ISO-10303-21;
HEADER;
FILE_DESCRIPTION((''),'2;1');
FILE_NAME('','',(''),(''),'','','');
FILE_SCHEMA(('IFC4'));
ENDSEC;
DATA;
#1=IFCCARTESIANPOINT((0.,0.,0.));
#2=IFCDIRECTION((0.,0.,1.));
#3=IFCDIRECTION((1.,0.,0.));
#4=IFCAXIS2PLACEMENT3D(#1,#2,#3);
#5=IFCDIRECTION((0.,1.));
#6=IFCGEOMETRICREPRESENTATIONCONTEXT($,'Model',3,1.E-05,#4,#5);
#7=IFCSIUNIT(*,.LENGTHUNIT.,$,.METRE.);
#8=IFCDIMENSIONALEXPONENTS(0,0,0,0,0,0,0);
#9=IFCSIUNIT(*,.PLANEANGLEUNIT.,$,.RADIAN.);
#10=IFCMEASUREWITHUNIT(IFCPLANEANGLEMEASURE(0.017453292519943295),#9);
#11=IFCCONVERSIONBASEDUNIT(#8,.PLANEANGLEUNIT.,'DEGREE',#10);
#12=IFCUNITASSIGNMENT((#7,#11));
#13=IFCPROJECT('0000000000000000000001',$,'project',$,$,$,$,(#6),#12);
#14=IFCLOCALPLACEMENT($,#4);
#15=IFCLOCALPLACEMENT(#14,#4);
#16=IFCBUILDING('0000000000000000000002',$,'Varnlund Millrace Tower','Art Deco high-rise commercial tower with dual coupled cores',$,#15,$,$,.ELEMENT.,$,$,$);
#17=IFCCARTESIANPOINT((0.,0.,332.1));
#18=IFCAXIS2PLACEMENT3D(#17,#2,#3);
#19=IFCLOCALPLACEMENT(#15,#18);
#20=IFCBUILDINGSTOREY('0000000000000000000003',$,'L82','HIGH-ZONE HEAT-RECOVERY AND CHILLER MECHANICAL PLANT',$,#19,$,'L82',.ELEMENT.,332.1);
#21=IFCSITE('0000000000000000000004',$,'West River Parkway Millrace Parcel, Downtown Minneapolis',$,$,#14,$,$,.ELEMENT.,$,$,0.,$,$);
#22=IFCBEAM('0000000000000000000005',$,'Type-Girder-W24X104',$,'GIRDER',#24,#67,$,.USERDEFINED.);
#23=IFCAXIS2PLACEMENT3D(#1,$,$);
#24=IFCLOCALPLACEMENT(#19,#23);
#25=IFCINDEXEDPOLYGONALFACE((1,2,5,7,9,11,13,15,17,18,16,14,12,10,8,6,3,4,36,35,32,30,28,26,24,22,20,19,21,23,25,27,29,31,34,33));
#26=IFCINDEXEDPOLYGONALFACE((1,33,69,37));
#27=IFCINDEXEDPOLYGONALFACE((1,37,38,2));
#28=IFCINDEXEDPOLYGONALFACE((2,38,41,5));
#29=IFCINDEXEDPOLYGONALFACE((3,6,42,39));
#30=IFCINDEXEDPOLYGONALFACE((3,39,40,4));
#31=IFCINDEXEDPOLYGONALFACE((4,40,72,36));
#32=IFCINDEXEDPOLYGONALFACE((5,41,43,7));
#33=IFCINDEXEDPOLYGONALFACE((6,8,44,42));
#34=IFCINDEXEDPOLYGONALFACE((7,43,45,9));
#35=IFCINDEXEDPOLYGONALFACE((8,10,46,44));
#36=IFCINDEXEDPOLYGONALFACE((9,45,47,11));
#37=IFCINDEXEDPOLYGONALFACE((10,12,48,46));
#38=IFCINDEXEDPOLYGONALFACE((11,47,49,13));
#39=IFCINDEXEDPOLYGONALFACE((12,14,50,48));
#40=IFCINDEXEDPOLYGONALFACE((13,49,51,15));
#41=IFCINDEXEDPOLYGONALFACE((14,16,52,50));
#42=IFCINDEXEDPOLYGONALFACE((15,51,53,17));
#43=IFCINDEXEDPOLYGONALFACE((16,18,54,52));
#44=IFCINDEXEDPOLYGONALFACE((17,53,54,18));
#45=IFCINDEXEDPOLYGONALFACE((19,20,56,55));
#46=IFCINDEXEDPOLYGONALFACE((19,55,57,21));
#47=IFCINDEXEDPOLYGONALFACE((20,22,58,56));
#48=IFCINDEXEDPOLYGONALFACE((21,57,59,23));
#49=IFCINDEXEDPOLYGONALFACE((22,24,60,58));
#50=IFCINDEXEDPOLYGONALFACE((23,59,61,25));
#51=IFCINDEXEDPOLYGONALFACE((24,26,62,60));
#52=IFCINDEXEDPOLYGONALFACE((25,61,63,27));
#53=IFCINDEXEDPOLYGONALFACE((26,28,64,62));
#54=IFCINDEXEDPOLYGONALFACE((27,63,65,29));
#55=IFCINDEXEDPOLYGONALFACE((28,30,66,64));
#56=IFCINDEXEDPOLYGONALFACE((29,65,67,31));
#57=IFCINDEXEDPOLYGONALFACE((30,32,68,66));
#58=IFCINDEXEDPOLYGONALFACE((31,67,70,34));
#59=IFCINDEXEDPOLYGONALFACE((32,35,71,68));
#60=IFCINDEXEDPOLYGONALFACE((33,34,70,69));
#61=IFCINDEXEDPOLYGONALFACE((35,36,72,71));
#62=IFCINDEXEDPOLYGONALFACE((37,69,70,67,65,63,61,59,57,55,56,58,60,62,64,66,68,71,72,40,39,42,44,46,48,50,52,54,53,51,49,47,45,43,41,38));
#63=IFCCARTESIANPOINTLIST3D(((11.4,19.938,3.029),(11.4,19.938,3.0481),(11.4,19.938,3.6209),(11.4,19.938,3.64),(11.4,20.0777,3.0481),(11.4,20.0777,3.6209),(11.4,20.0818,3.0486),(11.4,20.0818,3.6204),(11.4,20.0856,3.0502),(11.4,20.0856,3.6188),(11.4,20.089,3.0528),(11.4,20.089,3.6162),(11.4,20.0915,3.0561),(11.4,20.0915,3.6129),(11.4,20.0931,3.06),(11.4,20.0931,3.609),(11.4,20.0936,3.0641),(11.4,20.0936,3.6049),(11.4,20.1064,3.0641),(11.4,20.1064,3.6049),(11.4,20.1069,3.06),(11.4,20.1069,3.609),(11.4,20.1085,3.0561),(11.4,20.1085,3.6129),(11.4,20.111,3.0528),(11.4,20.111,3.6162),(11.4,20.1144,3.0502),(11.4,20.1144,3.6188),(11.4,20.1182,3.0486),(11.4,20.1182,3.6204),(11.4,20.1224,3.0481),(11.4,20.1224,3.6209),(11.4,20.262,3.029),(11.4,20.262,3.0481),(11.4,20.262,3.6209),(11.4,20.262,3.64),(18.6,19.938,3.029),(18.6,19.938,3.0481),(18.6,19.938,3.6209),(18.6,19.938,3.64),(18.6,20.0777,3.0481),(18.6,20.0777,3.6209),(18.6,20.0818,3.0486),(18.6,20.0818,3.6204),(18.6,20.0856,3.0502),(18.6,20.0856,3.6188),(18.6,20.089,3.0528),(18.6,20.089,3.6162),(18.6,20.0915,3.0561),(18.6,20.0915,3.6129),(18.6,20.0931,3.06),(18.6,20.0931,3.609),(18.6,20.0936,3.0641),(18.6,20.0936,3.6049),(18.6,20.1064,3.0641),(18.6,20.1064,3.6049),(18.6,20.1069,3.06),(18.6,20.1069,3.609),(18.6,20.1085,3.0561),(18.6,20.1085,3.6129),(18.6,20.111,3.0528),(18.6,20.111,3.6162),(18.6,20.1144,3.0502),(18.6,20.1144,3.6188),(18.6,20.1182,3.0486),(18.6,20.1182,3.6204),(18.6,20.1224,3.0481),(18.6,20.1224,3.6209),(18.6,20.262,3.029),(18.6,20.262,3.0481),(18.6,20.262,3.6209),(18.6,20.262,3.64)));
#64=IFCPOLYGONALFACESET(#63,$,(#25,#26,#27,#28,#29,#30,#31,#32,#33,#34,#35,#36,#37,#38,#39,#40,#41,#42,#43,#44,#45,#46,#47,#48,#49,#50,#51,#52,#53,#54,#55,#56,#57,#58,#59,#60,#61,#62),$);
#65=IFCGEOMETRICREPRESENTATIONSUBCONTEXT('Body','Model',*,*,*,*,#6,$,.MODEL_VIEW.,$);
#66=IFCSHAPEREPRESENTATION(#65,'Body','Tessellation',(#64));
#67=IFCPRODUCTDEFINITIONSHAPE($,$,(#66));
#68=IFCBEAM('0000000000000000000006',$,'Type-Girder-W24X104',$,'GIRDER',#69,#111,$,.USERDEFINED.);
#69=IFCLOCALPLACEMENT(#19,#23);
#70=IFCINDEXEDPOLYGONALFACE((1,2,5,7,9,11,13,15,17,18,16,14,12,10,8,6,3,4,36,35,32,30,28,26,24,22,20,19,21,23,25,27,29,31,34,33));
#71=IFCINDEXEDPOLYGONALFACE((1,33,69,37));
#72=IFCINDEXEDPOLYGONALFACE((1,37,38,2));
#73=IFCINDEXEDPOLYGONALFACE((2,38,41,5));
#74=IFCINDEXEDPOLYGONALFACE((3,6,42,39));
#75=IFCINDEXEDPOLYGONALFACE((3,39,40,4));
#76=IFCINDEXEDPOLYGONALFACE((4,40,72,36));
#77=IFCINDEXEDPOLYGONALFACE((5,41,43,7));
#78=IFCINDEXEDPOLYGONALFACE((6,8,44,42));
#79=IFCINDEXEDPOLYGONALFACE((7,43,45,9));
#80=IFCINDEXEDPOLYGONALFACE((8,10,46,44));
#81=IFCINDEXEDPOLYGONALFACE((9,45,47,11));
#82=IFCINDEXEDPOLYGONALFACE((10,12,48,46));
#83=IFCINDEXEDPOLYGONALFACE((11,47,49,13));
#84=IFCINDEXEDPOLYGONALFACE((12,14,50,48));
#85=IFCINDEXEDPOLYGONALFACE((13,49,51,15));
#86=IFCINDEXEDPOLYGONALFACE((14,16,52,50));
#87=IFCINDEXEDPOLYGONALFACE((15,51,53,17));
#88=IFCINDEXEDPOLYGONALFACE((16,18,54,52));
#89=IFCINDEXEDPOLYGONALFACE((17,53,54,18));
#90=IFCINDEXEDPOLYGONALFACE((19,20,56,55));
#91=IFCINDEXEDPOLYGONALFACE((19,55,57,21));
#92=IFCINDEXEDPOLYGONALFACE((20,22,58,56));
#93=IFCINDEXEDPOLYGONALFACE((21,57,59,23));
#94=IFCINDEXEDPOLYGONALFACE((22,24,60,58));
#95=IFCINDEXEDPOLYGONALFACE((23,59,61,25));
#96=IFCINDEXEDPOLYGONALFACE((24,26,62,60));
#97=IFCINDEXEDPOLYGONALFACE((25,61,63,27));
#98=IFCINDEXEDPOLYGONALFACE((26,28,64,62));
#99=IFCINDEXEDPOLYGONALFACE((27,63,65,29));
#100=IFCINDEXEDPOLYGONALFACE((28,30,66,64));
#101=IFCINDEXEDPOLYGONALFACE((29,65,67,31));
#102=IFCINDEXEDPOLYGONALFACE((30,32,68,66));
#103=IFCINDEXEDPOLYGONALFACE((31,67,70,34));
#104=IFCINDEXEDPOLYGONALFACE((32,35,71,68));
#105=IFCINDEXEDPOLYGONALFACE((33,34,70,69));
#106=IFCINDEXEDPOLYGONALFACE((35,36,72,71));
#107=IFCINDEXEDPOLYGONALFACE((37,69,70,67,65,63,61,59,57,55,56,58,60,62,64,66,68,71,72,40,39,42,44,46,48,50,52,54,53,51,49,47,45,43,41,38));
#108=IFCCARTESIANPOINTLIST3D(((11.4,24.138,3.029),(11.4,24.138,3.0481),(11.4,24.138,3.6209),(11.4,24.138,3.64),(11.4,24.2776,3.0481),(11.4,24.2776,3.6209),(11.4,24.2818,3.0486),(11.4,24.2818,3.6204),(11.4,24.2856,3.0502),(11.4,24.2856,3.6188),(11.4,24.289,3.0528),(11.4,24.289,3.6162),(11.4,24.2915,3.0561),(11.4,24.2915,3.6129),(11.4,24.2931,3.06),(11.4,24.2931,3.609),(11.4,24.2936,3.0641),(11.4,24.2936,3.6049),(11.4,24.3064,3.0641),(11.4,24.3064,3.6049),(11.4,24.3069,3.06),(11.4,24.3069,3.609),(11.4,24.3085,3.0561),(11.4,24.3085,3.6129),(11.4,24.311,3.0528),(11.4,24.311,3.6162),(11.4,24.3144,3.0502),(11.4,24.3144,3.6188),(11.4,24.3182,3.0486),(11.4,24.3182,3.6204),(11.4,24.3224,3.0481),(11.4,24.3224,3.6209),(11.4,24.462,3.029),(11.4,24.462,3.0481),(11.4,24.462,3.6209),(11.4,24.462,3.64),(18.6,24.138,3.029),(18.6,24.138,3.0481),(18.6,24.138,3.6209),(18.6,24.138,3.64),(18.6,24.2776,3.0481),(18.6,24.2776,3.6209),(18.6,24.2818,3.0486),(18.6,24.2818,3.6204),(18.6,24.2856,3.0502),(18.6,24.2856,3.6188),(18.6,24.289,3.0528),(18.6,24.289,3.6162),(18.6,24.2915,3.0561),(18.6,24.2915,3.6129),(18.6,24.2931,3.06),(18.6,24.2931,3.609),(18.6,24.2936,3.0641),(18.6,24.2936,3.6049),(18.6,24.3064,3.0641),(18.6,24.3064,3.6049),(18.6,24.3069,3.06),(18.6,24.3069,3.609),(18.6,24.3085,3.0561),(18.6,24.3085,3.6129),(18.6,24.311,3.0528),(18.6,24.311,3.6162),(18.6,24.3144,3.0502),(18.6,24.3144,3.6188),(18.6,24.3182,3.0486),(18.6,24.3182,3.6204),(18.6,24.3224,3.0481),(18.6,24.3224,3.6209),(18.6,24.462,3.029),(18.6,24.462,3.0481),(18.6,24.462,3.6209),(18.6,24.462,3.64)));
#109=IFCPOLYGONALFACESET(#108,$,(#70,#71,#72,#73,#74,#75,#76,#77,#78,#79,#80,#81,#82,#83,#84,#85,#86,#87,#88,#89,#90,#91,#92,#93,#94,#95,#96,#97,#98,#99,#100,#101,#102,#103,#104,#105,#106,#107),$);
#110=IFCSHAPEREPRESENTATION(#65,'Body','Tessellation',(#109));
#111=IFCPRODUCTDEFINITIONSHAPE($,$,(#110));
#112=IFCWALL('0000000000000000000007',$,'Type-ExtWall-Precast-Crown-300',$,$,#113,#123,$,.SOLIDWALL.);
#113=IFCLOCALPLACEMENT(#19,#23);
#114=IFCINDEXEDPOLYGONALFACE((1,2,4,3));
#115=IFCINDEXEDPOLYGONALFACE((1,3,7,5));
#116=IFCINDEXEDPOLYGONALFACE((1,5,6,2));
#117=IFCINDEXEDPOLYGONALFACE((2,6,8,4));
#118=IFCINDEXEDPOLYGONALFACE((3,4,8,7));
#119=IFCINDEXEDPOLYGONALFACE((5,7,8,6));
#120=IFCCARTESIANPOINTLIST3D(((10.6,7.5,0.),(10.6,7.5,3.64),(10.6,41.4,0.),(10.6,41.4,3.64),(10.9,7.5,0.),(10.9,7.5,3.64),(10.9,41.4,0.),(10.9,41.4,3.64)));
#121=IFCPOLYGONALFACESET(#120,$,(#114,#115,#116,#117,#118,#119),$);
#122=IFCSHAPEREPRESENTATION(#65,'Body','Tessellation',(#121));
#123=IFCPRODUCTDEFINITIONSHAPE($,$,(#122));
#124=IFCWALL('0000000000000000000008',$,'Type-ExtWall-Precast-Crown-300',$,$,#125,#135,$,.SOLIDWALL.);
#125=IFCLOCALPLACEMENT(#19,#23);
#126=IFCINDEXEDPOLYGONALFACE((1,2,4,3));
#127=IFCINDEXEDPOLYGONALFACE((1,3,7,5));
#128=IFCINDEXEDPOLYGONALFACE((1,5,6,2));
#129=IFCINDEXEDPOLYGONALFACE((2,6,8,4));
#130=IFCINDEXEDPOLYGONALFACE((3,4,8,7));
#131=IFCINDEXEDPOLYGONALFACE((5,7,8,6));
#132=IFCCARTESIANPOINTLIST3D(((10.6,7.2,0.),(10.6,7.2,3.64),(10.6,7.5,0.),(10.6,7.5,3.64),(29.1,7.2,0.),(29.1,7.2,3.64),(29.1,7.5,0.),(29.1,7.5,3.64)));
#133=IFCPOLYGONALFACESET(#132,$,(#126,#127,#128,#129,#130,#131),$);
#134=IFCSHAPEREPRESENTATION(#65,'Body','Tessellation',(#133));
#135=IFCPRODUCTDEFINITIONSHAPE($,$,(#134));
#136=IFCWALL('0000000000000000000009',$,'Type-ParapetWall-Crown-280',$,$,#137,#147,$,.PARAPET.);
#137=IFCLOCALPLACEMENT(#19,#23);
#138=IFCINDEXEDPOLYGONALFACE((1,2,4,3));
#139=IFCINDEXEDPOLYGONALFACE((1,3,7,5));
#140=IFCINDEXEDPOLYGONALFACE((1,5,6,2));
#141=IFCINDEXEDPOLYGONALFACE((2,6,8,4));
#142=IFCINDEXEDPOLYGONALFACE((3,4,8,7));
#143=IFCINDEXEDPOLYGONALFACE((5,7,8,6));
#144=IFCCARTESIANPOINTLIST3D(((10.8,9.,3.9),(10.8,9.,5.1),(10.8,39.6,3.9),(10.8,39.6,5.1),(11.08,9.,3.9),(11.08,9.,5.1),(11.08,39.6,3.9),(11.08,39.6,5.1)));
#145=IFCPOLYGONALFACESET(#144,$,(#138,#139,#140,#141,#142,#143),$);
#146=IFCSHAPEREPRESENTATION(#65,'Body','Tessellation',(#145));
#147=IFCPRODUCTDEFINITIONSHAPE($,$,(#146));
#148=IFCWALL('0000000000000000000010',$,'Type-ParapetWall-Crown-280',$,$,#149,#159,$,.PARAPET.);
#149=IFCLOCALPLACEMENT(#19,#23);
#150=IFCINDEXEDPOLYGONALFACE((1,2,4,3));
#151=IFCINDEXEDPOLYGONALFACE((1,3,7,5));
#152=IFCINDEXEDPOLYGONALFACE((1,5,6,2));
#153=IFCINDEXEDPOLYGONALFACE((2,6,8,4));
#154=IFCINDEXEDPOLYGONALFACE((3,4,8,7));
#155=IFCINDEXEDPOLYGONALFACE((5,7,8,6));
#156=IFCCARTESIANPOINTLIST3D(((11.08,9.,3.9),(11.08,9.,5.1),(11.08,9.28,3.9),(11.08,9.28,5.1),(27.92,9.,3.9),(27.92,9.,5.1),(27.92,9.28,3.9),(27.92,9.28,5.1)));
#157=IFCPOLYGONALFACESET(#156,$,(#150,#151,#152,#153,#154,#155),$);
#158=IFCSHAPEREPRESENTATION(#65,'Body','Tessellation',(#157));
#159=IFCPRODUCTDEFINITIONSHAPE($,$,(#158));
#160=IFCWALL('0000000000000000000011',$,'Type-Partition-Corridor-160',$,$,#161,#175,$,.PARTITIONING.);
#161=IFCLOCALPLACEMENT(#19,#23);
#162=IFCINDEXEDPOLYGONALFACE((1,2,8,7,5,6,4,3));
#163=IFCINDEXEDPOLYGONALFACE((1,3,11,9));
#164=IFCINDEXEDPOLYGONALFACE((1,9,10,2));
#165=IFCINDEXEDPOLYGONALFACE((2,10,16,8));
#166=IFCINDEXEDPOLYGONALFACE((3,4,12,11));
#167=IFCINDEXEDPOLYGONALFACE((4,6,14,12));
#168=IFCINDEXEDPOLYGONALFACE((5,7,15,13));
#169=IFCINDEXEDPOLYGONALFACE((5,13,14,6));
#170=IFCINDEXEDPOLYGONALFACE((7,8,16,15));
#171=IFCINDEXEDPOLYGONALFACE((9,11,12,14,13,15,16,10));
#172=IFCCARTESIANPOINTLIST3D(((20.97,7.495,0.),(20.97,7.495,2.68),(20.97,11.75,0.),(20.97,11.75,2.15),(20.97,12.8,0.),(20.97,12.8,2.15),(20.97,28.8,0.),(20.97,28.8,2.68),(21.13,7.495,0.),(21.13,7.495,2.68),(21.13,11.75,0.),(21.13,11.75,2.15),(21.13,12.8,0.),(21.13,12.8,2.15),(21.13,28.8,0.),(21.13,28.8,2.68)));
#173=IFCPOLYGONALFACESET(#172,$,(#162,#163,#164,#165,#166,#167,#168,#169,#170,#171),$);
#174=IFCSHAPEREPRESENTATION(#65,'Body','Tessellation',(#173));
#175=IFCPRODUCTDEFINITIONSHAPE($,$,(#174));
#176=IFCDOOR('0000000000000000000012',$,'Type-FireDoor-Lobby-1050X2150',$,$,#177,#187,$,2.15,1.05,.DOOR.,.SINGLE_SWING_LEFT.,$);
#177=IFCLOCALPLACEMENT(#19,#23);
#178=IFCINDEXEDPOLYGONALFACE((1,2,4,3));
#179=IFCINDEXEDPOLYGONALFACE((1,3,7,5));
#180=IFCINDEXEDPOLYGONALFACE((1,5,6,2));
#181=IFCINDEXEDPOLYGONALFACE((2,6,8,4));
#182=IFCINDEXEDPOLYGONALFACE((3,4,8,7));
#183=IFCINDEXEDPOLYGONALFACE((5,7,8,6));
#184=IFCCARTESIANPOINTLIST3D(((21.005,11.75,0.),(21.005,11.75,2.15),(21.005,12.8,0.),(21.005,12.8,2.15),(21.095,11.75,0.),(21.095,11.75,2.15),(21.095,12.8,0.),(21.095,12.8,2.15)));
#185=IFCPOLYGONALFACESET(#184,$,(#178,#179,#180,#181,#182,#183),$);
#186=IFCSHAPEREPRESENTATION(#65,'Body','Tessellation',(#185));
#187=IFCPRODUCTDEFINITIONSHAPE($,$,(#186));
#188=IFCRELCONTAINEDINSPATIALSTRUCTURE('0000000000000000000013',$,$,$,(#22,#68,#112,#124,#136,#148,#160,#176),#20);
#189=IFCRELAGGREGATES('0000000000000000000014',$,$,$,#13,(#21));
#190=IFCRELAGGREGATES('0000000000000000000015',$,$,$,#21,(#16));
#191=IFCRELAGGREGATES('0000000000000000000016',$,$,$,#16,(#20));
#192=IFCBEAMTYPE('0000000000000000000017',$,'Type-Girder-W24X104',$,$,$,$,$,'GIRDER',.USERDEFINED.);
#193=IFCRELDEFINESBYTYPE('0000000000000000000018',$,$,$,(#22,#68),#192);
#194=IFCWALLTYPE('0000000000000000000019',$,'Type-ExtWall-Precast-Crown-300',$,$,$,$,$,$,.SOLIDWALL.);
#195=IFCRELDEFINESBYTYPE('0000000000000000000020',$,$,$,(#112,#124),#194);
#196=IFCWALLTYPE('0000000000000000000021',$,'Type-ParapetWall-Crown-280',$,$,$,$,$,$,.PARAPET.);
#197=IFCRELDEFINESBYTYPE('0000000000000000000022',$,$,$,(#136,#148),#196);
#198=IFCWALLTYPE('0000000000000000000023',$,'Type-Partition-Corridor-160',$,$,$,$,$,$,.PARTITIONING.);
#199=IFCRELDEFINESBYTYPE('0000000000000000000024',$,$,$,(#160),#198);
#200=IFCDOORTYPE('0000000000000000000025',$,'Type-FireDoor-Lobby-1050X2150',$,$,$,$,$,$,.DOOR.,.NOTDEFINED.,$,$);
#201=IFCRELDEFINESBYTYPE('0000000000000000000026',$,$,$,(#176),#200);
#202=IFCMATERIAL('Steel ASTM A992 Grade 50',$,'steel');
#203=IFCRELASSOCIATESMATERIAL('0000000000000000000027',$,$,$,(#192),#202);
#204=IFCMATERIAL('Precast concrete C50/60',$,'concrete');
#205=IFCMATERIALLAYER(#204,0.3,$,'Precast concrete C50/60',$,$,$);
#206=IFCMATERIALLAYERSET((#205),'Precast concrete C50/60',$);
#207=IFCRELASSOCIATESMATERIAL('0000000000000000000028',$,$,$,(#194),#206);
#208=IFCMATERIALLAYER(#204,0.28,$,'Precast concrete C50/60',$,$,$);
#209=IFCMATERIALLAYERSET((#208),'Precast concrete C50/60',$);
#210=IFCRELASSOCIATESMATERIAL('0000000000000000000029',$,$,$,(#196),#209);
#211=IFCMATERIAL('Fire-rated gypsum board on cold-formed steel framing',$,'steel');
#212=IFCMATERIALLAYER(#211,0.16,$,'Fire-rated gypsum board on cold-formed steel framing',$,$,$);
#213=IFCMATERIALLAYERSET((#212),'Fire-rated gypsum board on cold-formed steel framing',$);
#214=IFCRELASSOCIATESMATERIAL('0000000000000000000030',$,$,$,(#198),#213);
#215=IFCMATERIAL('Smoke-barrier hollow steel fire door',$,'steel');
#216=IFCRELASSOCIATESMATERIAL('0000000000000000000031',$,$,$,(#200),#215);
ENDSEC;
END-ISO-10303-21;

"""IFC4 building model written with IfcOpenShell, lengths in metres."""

from ifc_helpers import new_model, entity, si_unit, converted_unit, direction, frame, origin_with_axes, origin_2d_with_axis, place, context, subcontext, project, spatial, polyline, rectangle, i_section, outline, extrude, material, layer, layer_set, material_profile, profile_set, type_object, element, fill, save


model = new_model("IFC4")

# Units and contexts
model_context = context("Model", 3, precision=1e-05, world=origin_with_axes(), true_north=direction((0.0, 1.0)))
body_context = subcontext(model_context, "Body", "Model", "MODEL_VIEW")
ifc_project = project(units=[si_unit("LENGTHUNIT", "METRE"), converted_unit("PLANEANGLEUNIT", "DEGREE", entity("IfcPlaneAngleMeasure", 0.017453292519943295), si_unit("PLANEANGLEUNIT", "RADIAN"), dimensions=[0, 0, 0, 0, 0, 0, 0])], contexts=[model_context])

# Site, building, storey
site_placement = place(None, origin_with_axes())
site = spatial("IfcSite", under=ifc_project, at=site_placement, Name="West River Parkway Millrace Parcel, Downtown Minneapolis", CompositionType="ELEMENT", RefElevation=0.0)
building_placement = place(site_placement, origin_with_axes())
building = spatial("IfcBuilding", under=site, at=building_placement, Name="Varnlund Millrace Tower", Description="Art Deco high-rise commercial tower with dual coupled cores", CompositionType="ELEMENT")
storey_placement = place(building_placement, frame((0.0, 0.0, 332.1), z_axis=(0.0, 0.0, 1.0), x_axis=(1.0, 0.0, 0.0)))
storey = spatial("IfcBuildingStorey", under=building, at=storey_placement, Name="L82", Description="HIGH-ZONE HEAT-RECOVERY AND CHILLER MECHANICAL PLANT", LongName="L82", CompositionType="ELEMENT", Elevation=332.1)

# Beams
ifc_material_1 = material(Name="Steel ASTM A992 Grade 50", Category="steel")
ifc_material_profile_1 = material_profile(ifc_material_1, i_section(OverallWidth=0.324, OverallDepth=0.611, WebThickness=0.0127, FlangeThickness=0.0191, FilletRadius=0.016, at=origin_2d_with_axis()), Name="Steel ASTM A992 Grade 50")
ifc_profile_set_1 = profile_set([ifc_material_profile_1], Name="Steel ASTM A992 Grade 50")
beam_type_1 = type_object("IfcBeamType", Name="Type-Girder-W24X104", ElementType="GIRDER", PredefinedType="USERDEFINED", material=ifc_profile_set_1)
for number, where, z_axis, x_axis, name in (
    (1, (11.4, 20.1, 3.3345), (1.0, 0.0, 0.0), (0.0, 1.0, 0.0), "Type-Girder-W24X104"),
    (2, (11.4, 24.3, 3.3345), (1.0, 0.0, 0.0), (0.0, 1.0, 0.0), "Type-Girder-W24X104"),
):
    element("IfcBeam", number, at=place(storey_placement, frame(where, z_axis=z_axis, x_axis=x_axis)), inside=storey, type_object=beam_type_1, Name=name, ObjectType="GIRDER", PredefinedType="USERDEFINED", context=body_context, shape_type="SweptSolid", body=[
        extrude(i_section(OverallWidth=0.324, OverallDepth=0.611, WebThickness=0.0127, FlangeThickness=0.0191, FilletRadius=0.016, at=origin_2d_with_axis()), origin_with_axes(), (0.0, 0.0, 1.0), 7.2),
    ])

# Walls
ifc_material_2 = material(Name="Precast concrete C50/60", Category="concrete")
ifc_layer_1 = layer(ifc_material_2, 0.3, Name="Precast concrete C50/60")
ifc_layer_set_1 = layer_set([ifc_layer_1], Name="Precast concrete C50/60")
wall_type_1 = type_object("IfcWallType", Name="Type-ExtWall-Precast-Crown-300", PredefinedType="SOLIDWALL", material=ifc_layer_set_1)
wall_1_placement = place(storey_placement, frame((10.75, 7.5, 0.0), z_axis=(0.0, 0.0, 1.0), x_axis=(0.0, 1.0, 0.0)))
element("IfcWall", 3, at=wall_1_placement, inside=storey, type_object=wall_type_1, Name="Type-ExtWall-Precast-Crown-300", PredefinedType="SOLIDWALL", context=body_context, shape_type="SweptSolid", body=[
    extrude(outline(polyline([(0.0, -0.15), (33.9, -0.15), (33.9, 0.15), (0.0, 0.15), (0.0, -0.15)])), origin_with_axes(), (0.0, 0.0, 1.0), 3.64),
])
wall_2_placement = place(storey_placement, frame((29.1, 7.35, 0.0), z_axis=(0.0, 0.0, 1.0), x_axis=(-1.0, 0.0, 0.0)))
element("IfcWall", 4, at=wall_2_placement, inside=storey, type_object=wall_type_1, Name="Type-ExtWall-Precast-Crown-300", PredefinedType="SOLIDWALL", context=body_context, shape_type="SweptSolid", body=[
    extrude(outline(polyline([(0.0, -0.15), (18.5, -0.15), (18.5, 0.15), (0.0, 0.15), (0.0, -0.15)])), origin_with_axes(), (0.0, 0.0, 1.0), 3.64),
])
ifc_layer_2 = layer(ifc_material_2, 0.28, Name="Precast concrete C50/60")
ifc_layer_set_2 = layer_set([ifc_layer_2], Name="Precast concrete C50/60")
wall_type_2 = type_object("IfcWallType", Name="Type-ParapetWall-Crown-280", PredefinedType="PARAPET", material=ifc_layer_set_2)
wall_3_placement = place(storey_placement, frame((10.94, 9.0, 3.9), z_axis=(0.0, 0.0, 1.0), x_axis=(0.0, 1.0, 0.0)))
element("IfcWall", 5, at=wall_3_placement, inside=storey, type_object=wall_type_2, Name="Type-ParapetWall-Crown-280", PredefinedType="PARAPET", context=body_context, shape_type="SweptSolid", body=[
    extrude(outline(polyline([(0.0, -0.14), (30.6, -0.14), (30.6, 0.14), (0.0, 0.14), (0.0, -0.14)])), origin_with_axes(), (0.0, 0.0, 1.0), 1.2),
])
wall_4_placement = place(storey_placement, frame((27.92, 9.14, 3.9), z_axis=(0.0, 0.0, 1.0), x_axis=(-1.0, 0.0, 0.0)))
element("IfcWall", 6, at=wall_4_placement, inside=storey, type_object=wall_type_2, Name="Type-ParapetWall-Crown-280", PredefinedType="PARAPET", context=body_context, shape_type="SweptSolid", body=[
    extrude(outline(polyline([(0.0, -0.14), (16.84, -0.14), (16.84, 0.14), (0.0, 0.14), (0.0, -0.14)])), origin_with_axes(), (0.0, 0.0, 1.0), 1.2),
])

# Wall, opening, door
ifc_material_3 = material(Name="Fire-rated gypsum board on cold-formed steel framing", Category="steel")
ifc_layer_3 = layer(ifc_material_3, 0.16, Name="Fire-rated gypsum board on cold-formed steel framing")
ifc_layer_set_3 = layer_set([ifc_layer_3], Name="Fire-rated gypsum board on cold-formed steel framing")
wall_type_3 = type_object("IfcWallType", Name="Type-Partition-Corridor-160", PredefinedType="PARTITIONING", material=ifc_layer_set_3)
wall_5_placement = place(storey_placement, frame((21.05, 7.495, 0.0), z_axis=(0.0, 0.0, 1.0), x_axis=(0.0, 1.0, 0.0)))
wall_5 = element("IfcWall", 7, at=wall_5_placement, inside=storey, type_object=wall_type_3, Name="Type-Partition-Corridor-160", PredefinedType="PARTITIONING", context=body_context, shape_type="SweptSolid", body=[
    extrude(outline(polyline([(0.0, -0.08), (21.305, -0.08), (21.305, 0.08), (0.0, 0.08), (0.0, -0.08)])), origin_with_axes(), (0.0, 0.0, 1.0), 2.68),
])
opening_placement = place(wall_5_placement, frame((4.78, 0.0, 0.0), z_axis=(0.0, 0.0, 1.0), x_axis=(1.0, 0.0, 0.0)))
opening = element("IfcOpeningElement", 8, at=opening_placement, cuts=wall_5, PredefinedType="OPENING", context=body_context, shape_type="SweptSolid", body=[
    extrude(rectangle(XDim=1.05, YDim=0.18, at=origin_2d_with_axis()), origin_with_axes(), (0.0, 0.0, 1.0), 2.15),
])
ifc_material_4 = material(Name="Smoke-barrier hollow steel fire door", Category="steel")
door_type = type_object("IfcDoorType", Name="Type-FireDoor-Lobby-1050X2150", OperationType="NOTDEFINED", PredefinedType="DOOR", material=ifc_material_4)
door_placement = place(wall_5_placement, frame((4.78, 0.0, 0.0), z_axis=(0.0, 0.0, 1.0), x_axis=(1.0, 0.0, 0.0)))
door = element("IfcDoor", 9, at=door_placement, inside=storey, type_object=door_type, Name="Type-FireDoor-Lobby-1050X2150", OperationType="SINGLE_SWING_LEFT", OverallHeight=2.15, OverallWidth=1.05, PredefinedType="DOOR", context=body_context, shape_type="SweptSolid", body=[
    extrude(rectangle(XDim=1.05, YDim=0.09, at=origin_2d_with_axis()), origin_with_axes(), (0.0, 0.0, 1.0), 2.15),
])
fill(opening, door)

save(model, "model.ifc")
